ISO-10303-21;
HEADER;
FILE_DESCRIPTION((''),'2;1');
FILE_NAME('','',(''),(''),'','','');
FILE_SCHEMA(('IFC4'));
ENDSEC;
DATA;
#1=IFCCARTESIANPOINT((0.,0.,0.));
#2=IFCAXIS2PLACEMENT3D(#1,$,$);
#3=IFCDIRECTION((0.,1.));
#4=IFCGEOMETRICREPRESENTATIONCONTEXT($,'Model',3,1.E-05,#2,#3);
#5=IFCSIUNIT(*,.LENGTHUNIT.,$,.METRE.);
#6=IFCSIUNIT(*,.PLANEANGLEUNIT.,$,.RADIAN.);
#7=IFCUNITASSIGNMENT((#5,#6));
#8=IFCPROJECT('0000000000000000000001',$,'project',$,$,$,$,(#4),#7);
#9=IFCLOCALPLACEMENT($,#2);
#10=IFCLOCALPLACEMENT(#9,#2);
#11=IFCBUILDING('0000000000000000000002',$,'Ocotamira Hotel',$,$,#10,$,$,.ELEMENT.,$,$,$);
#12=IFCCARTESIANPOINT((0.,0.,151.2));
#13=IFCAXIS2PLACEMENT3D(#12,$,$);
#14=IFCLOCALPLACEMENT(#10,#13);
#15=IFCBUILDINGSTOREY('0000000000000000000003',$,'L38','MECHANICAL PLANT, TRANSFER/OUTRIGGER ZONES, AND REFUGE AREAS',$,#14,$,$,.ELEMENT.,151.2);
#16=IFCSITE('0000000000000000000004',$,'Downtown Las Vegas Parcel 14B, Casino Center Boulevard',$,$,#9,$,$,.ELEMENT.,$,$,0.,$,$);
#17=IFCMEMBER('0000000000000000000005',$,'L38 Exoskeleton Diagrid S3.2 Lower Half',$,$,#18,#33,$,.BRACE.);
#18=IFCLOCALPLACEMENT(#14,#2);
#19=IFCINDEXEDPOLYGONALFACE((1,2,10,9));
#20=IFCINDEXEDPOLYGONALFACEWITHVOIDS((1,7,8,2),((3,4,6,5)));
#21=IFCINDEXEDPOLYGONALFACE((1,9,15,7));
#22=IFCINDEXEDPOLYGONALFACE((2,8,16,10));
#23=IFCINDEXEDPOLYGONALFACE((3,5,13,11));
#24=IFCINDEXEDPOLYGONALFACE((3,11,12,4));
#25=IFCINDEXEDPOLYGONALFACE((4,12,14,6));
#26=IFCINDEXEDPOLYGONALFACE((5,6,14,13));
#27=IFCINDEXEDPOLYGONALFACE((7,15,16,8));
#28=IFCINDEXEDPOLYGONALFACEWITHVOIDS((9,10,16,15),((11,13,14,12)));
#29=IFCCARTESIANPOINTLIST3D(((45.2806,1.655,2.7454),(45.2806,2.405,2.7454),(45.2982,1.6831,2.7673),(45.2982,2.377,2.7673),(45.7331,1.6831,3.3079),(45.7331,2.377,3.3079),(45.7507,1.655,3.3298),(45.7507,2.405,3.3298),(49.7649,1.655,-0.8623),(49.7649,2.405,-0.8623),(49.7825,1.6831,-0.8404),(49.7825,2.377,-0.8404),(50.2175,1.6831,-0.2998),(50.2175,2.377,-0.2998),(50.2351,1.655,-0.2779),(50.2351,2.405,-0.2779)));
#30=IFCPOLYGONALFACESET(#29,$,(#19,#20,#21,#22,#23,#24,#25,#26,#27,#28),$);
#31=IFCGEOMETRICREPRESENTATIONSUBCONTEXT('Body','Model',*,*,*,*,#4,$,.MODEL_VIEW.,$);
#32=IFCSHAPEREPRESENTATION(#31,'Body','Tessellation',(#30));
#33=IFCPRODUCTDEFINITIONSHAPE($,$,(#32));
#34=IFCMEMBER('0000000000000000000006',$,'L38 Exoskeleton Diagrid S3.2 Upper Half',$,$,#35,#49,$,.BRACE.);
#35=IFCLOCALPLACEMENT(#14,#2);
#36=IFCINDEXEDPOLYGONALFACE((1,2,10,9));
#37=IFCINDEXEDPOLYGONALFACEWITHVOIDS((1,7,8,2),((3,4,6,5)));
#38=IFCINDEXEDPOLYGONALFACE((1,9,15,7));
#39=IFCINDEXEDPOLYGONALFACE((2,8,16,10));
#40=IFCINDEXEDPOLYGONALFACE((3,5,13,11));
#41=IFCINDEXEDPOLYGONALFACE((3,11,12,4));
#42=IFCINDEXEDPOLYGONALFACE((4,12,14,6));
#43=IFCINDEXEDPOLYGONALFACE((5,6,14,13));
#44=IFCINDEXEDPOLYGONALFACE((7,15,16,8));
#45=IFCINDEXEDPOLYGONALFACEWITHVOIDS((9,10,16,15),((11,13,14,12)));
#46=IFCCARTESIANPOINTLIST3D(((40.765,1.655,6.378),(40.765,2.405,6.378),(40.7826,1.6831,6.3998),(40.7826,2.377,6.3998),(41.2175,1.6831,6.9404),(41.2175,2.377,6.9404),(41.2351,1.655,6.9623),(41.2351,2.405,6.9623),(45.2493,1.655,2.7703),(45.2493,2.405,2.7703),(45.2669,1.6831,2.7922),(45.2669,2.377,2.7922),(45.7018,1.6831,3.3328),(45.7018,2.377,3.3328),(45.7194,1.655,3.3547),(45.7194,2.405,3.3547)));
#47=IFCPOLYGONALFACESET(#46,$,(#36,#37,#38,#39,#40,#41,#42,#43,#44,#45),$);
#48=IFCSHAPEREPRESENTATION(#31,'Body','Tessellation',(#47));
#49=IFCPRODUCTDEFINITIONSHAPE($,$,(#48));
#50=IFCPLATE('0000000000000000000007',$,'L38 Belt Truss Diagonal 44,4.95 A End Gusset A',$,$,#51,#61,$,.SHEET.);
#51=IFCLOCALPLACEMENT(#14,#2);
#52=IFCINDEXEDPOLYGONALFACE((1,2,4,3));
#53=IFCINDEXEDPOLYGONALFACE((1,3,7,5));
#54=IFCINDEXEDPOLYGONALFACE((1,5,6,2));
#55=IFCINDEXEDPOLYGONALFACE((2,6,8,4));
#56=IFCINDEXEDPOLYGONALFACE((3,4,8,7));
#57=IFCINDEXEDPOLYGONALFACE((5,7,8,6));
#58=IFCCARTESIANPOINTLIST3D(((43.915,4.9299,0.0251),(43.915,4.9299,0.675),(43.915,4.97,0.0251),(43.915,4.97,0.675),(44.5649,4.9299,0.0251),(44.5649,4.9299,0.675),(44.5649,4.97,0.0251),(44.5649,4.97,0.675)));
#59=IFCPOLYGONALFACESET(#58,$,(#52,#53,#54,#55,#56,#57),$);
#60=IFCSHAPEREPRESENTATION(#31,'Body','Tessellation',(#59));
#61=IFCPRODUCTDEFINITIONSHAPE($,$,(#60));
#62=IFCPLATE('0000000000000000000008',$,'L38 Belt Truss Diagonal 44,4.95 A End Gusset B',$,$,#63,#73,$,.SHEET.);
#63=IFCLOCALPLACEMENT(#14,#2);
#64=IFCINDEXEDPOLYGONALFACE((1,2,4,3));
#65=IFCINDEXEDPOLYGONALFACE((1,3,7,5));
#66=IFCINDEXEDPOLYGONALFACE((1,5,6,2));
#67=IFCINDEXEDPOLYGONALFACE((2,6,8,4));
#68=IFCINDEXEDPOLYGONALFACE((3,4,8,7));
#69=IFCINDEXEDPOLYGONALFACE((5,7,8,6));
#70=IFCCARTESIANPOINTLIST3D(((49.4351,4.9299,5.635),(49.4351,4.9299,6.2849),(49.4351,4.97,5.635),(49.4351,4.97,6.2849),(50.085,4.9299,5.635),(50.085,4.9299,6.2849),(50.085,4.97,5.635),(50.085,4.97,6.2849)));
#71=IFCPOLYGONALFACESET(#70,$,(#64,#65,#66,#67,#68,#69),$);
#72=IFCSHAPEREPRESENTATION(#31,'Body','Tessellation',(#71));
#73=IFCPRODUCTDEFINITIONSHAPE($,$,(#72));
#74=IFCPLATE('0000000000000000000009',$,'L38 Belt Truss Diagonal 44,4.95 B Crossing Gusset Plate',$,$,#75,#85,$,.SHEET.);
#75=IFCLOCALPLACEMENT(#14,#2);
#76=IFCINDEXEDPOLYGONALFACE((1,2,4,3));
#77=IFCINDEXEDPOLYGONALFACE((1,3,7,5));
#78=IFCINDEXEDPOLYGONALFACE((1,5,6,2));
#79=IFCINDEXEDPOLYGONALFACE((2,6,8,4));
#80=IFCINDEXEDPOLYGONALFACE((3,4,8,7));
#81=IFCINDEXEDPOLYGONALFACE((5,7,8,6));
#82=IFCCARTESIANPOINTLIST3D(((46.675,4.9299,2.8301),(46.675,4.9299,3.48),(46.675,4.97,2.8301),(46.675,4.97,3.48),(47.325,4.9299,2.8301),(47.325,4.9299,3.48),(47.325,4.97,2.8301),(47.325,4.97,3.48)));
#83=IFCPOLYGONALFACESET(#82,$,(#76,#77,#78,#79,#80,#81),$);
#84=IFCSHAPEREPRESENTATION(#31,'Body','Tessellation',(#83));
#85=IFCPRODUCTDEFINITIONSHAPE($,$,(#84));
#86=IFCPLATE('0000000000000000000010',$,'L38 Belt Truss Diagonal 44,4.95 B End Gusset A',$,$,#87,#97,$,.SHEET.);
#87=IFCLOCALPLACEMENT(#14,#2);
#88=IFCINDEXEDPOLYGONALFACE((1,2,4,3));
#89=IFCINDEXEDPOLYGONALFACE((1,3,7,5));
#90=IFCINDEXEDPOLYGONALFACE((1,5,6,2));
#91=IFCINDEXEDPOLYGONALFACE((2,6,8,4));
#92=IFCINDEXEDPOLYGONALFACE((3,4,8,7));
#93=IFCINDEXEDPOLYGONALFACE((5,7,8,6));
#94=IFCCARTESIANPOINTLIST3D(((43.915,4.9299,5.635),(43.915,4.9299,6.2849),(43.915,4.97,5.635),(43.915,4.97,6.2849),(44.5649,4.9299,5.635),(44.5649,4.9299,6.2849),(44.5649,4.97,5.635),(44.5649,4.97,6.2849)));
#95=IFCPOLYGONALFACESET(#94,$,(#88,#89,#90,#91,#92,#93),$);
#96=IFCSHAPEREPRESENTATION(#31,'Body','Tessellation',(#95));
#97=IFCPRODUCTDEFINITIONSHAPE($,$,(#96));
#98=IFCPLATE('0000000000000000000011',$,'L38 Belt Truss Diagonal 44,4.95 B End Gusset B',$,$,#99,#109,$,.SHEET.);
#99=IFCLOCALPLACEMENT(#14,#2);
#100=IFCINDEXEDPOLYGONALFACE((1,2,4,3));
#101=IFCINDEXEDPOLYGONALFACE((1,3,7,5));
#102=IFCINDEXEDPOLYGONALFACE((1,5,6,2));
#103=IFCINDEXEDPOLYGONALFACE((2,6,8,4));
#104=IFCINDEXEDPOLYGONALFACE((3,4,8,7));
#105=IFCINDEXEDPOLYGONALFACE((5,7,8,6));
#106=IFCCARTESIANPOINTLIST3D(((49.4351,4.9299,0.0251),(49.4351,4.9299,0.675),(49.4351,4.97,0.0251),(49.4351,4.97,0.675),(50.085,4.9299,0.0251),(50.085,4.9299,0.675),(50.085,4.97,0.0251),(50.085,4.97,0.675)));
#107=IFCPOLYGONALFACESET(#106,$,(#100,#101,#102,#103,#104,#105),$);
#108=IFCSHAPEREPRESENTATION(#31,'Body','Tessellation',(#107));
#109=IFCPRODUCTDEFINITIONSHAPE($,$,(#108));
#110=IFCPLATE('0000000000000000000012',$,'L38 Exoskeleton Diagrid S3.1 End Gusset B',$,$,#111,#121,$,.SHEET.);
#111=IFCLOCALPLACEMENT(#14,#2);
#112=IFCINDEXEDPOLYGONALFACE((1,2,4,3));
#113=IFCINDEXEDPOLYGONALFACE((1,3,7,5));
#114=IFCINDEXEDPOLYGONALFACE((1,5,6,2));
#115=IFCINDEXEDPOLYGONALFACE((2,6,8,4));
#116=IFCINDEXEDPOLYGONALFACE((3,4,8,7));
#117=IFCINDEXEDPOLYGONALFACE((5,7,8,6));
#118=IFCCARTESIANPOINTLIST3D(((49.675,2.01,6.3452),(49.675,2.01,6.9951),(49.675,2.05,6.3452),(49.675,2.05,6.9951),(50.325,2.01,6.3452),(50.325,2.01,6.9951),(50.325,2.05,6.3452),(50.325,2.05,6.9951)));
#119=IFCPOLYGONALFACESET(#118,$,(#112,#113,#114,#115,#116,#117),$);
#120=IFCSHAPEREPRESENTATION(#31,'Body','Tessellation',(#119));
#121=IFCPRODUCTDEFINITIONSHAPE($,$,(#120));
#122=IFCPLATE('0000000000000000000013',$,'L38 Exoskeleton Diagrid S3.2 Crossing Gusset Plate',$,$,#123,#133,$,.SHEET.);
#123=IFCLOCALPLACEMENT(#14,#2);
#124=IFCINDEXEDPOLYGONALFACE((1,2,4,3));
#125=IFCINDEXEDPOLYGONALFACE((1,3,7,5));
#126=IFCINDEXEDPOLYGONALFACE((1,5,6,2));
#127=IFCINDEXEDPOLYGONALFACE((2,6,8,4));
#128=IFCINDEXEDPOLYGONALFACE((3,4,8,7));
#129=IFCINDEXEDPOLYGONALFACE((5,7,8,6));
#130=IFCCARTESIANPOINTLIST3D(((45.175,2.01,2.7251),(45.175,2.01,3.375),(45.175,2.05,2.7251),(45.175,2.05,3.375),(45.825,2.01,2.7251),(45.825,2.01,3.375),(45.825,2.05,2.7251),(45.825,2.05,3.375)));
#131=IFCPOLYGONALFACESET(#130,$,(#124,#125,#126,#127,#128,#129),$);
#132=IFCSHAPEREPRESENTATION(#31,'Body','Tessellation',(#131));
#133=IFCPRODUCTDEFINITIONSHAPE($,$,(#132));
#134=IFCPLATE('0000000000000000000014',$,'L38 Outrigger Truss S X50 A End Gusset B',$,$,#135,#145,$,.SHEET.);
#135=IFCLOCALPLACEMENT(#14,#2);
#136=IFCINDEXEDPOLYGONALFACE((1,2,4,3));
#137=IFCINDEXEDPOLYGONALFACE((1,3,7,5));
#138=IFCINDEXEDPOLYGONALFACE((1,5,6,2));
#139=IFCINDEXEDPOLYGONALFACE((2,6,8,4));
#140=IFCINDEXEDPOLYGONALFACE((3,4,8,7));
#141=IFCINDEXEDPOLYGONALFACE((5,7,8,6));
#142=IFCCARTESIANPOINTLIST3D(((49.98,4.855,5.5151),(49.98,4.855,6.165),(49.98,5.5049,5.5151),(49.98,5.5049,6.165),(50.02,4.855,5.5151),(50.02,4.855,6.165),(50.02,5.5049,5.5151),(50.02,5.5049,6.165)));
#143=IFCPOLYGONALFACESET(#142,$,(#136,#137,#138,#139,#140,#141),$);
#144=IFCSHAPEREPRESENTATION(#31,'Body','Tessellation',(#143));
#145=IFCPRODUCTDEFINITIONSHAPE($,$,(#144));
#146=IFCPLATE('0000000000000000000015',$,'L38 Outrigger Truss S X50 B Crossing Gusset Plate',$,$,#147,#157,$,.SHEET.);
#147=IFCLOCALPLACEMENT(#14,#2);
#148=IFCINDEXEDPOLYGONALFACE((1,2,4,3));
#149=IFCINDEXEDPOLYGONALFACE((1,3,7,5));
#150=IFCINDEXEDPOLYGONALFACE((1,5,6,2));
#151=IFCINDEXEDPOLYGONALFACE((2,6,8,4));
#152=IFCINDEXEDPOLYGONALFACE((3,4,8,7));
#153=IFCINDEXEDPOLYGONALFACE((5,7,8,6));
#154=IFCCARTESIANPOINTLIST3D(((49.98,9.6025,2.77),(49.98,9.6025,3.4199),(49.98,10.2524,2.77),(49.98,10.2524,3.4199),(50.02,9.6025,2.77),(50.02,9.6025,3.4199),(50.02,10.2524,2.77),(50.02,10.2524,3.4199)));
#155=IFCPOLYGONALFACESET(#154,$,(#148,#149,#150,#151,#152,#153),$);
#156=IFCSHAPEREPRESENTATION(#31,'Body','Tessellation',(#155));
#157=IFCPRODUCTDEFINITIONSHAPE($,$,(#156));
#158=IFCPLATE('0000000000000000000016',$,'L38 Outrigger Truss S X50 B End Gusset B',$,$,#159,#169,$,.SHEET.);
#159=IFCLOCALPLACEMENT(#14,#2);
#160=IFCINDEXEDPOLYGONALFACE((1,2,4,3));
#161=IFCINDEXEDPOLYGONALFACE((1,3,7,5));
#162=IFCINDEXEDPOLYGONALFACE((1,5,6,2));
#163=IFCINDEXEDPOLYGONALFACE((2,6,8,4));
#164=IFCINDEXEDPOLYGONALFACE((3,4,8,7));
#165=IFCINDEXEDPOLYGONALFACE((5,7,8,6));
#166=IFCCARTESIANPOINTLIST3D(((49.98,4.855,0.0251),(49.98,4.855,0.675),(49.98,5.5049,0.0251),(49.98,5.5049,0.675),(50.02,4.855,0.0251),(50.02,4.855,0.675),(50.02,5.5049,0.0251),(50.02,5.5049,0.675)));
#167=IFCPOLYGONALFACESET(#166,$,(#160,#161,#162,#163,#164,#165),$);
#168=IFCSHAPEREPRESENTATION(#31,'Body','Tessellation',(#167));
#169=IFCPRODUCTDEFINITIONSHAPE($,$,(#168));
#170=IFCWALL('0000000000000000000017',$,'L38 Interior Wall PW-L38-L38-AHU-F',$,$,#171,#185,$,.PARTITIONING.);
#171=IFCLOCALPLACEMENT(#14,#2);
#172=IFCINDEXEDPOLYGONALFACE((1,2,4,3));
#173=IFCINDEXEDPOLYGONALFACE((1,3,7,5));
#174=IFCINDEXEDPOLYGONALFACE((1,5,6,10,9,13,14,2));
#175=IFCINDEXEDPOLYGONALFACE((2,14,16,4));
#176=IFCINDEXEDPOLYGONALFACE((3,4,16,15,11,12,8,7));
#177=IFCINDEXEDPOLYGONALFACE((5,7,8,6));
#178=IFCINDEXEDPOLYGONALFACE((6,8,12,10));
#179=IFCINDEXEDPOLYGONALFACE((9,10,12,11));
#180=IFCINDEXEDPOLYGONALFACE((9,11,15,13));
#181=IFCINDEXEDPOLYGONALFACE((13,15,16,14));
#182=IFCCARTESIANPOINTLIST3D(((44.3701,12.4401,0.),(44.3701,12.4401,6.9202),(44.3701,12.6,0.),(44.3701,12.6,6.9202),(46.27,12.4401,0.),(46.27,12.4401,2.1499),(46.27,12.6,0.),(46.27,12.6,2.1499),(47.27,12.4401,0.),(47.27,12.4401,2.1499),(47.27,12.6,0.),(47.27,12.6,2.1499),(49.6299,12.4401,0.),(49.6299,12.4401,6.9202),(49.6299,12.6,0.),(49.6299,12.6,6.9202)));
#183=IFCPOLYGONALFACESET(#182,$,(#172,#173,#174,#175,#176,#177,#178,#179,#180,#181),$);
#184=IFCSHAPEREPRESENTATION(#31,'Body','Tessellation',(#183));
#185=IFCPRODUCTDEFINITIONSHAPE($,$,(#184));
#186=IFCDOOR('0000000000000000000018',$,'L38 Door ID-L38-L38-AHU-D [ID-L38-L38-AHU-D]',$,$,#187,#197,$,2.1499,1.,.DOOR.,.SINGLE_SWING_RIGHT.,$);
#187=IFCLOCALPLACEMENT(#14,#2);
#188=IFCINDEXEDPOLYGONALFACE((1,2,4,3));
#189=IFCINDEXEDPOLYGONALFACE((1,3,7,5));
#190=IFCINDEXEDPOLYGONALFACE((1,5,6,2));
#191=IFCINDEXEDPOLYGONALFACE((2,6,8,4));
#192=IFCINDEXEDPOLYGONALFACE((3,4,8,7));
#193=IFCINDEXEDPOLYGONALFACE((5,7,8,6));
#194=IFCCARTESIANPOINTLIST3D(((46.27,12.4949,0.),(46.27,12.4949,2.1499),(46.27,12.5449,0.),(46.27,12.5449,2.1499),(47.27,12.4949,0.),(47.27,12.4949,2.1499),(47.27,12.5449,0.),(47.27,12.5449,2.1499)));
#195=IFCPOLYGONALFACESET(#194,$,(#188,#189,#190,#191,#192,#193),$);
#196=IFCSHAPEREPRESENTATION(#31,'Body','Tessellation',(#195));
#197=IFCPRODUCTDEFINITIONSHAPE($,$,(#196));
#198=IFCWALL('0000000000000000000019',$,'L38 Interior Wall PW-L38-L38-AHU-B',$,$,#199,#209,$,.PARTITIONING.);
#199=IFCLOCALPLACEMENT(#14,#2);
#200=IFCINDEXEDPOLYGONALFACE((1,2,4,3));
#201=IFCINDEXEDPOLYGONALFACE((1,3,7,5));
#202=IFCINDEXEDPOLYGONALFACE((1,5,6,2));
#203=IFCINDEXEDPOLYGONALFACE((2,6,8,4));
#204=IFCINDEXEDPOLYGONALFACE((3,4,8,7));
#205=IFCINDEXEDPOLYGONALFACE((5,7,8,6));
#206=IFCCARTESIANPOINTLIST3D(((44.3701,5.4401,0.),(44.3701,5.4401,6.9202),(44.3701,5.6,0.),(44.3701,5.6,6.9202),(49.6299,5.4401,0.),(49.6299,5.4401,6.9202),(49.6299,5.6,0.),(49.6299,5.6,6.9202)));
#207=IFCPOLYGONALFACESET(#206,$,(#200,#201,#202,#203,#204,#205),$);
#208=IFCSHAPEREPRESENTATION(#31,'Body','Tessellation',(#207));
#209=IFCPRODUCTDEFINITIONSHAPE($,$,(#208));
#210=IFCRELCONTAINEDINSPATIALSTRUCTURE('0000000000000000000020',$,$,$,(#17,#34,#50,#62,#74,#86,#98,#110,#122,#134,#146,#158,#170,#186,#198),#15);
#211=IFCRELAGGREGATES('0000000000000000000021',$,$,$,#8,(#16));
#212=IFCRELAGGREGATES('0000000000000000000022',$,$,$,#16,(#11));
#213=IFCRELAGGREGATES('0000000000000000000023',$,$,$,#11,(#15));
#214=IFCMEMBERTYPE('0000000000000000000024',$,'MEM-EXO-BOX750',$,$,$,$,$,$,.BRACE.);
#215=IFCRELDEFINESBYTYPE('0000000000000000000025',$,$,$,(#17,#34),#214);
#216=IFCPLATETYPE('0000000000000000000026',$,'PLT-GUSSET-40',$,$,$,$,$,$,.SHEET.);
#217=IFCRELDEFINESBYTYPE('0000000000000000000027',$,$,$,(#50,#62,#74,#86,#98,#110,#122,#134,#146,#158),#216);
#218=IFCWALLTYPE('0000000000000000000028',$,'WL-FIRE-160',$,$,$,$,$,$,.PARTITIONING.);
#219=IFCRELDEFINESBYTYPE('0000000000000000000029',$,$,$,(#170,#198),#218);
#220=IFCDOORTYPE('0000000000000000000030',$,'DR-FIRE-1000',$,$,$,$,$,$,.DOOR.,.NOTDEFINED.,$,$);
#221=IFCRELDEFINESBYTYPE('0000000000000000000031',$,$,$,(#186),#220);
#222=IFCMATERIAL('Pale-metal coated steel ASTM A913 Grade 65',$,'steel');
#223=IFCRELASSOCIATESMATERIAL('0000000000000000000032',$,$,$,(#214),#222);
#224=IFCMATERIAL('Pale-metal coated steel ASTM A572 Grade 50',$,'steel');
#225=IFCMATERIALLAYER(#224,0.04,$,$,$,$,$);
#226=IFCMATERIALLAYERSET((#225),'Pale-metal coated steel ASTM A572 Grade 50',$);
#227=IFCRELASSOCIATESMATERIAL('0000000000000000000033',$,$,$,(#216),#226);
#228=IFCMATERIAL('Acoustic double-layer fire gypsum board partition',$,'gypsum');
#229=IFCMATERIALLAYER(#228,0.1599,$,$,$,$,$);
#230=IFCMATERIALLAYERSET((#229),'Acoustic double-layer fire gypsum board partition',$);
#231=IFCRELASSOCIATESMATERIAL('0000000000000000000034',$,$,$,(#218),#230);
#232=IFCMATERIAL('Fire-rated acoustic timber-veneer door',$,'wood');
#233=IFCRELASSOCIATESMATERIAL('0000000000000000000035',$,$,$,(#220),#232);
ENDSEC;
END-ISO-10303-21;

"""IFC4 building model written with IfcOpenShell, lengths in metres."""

from ifc_helpers import new_model, si_unit, direction, frame, frame_2d, origin, origin_2d, place, context, subcontext, project, spatial, rectangle, hollow_rectangle, extrude, source, transform, mapped, material, layer, layer_set, material_profile, profile_set, type_object, element, fill, save


model = new_model("IFC4")

# Units and contexts
model_context = context("Model", 3, precision=1e-05, world=origin(), true_north=direction((0.0, 1.0)))
body_context = subcontext(model_context, "Body", "Model", "MODEL_VIEW")
ifc_project = project(units=[si_unit("LENGTHUNIT", "METRE"), si_unit("PLANEANGLEUNIT", "RADIAN")], contexts=[model_context])

# Site, building, storey
site_placement = place(None, origin())
site = spatial("IfcSite", under=ifc_project, at=site_placement, Name="Downtown Las Vegas Parcel 14B, Casino Center Boulevard", CompositionType="ELEMENT", RefElevation=0.0)
building_placement = place(site_placement, origin())
building = spatial("IfcBuilding", under=site, at=building_placement, Name="Ocotamira Hotel", CompositionType="ELEMENT")
storey_placement = place(building_placement, frame((0.0, 0.0, 151.2)))
storey = spatial("IfcBuildingStorey", under=building, at=storey_placement, Name="L38", Description="MECHANICAL PLANT, TRANSFER/OUTRIGGER ZONES, AND REFUGE AREAS", CompositionType="ELEMENT", Elevation=151.2)

# Members
ifc_material_1 = material(Name="Pale-metal coated steel ASTM A913 Grade 65", Category="steel")
ifc_material_profile_1 = material_profile(ifc_material_1, hollow_rectangle(XDim=0.75, YDim=0.75, WallThickness=0.0281, at=origin_2d()), Name="BOX750X750X28")
ifc_profile_set_1 = profile_set([ifc_material_profile_1], Name="Pale-metal coated steel ASTM A913 Grade 65")
member_type_1 = type_object("IfcMemberType", Name="MEM-EXO-BOX750", PredefinedType="BRACE", material=ifc_profile_set_1)
shared_shape_1 = source(origin(), body_context, "Body", "SweptSolid", [
    extrude(hollow_rectangle(XDim=0.75, YDim=0.75, WallThickness=0.0281, at=origin_2d()), origin(), (0.0, 0.0, 1.0), 5.7554),
])
for number, where, z_axis, x_axis, name in (
    (1, (50.0, 2.03, -0.5701), (-0.779157, 0.0, 0.626829), (0.0, -1.0, 0.0), "L38 Exoskeleton Diagrid S3.2 Lower Half"),
    (2, (45.4844, 2.03, 3.0625), (-0.779157, 0.0, 0.626829), (0.0, -1.0, 0.0), "L38 Exoskeleton Diagrid S3.2 Upper Half"),
):
    element("IfcMember", number, at=place(storey_placement, frame(where, z_axis=z_axis, x_axis=x_axis)), inside=storey, type_object=member_type_1, Name=name, PredefinedType="BRACE", context=body_context, shape_type="MappedRepresentation", body=[
        mapped(shared_shape_1, transform((0.0, 0.0, 0.0), scale=1.0)),
    ])

# Plates
ifc_material_2 = material(Name="Pale-metal coated steel ASTM A572 Grade 50", Category="steel")
ifc_layer_1 = layer(ifc_material_2, 0.04)
ifc_layer_set_1 = layer_set([ifc_layer_1], Name="Pale-metal coated steel ASTM A572 Grade 50")
plate_type = type_object("IfcPlateType", Name="PLT-GUSSET-40", PredefinedType="SHEET", material=ifc_layer_set_1)
shared_shape_2 = source(origin(), body_context, "Body", "SweptSolid", [
    extrude(rectangle(XDim=0.6499, YDim=0.04, at=origin_2d()), origin(), (0.0, 0.0, 1.0), 0.6499),
])
for number, where, z_axis, x_axis, name in (
    (3, (44.24, 4.95, 0.0251), (0.0, 0.0, 1.0), (1.0, 0.0, 0.0), "L38 Belt Truss Diagonal 44,4.95 A End Gusset A"),
    (4, (49.76, 4.95, 5.635), (0.0, 0.0, 1.0), (1.0, 0.0, 0.0), "L38 Belt Truss Diagonal 44,4.95 A End Gusset B"),
    (5, (47.0, 4.95, 2.8301), (0.0, 0.0, 1.0), (1.0, 0.0, 0.0), "L38 Belt Truss Diagonal 44,4.95 B Crossing Gusset Plate"),
    (6, (44.24, 4.95, 5.635), (0.0, 0.0, 1.0), (1.0, 0.0, 0.0), "L38 Belt Truss Diagonal 44,4.95 B End Gusset A"),
    (7, (49.76, 4.95, 0.0251), (0.0, 0.0, 1.0), (1.0, 0.0, 0.0), "L38 Belt Truss Diagonal 44,4.95 B End Gusset B"),
    (8, (50.0, 2.03, 6.3452), (0.0, 0.0, 1.0), (1.0, 0.0, 0.0), "L38 Exoskeleton Diagrid S3.1 End Gusset B"),
    (9, (45.5, 2.03, 2.7251), (0.0, 0.0, 1.0), (-1.0, 0.0, 0.0), "L38 Exoskeleton Diagrid S3.2 Crossing Gusset Plate"),
):
    element("IfcPlate", number, at=place(storey_placement, frame(where, z_axis=z_axis, x_axis=x_axis)), inside=storey, type_object=plate_type, Name=name, PredefinedType="SHEET", context=body_context, shape_type="MappedRepresentation", body=[
        mapped(shared_shape_2, transform((0.0, 0.0, 0.0), scale=1.0)),
    ])
shared_shape_3 = source(origin(), body_context, "Body", "SweptSolid", [
    extrude(rectangle(XDim=0.04, YDim=0.6499, at=origin_2d()), origin(), (0.0, 0.0, 1.0), 0.6499),
])
for number, where, z_axis, x_axis, name in (
    (10, (50.0, 5.1799, 5.5151), (0.0, 0.0, 1.0), (1.0, 0.0, 0.0), "L38 Outrigger Truss S X50 A End Gusset B"),
    (11, (50.0, 9.9275, 2.77), (0.0, 0.0, 1.0), (1.0, 0.0, 0.0), "L38 Outrigger Truss S X50 B Crossing Gusset Plate"),
    (12, (50.0, 5.1799, 0.0251), (0.0, 0.0, 1.0), (1.0, 0.0, 0.0), "L38 Outrigger Truss S X50 B End Gusset B"),
):
    element("IfcPlate", number, at=place(storey_placement, frame(where, z_axis=z_axis, x_axis=x_axis)), inside=storey, type_object=plate_type, Name=name, PredefinedType="SHEET", context=body_context, shape_type="MappedRepresentation", body=[
        mapped(shared_shape_3, transform((0.0, 0.0, 0.0), scale=1.0)),
    ])

# Wall, opening, door
ifc_material_3 = material(Name="Acoustic double-layer fire gypsum board partition", Category="gypsum")
ifc_layer_2 = layer(ifc_material_3, 0.1599)
ifc_layer_set_2 = layer_set([ifc_layer_2], Name="Acoustic double-layer fire gypsum board partition")
wall_type = type_object("IfcWallType", Name="WL-FIRE-160", PredefinedType="PARTITIONING", material=ifc_layer_set_2)
wall_1_placement = place(storey_placement, frame((44.3701, 12.52, 0.0), z_axis=(0.0, 0.0, 1.0), x_axis=(1.0, 0.0, 0.0)))
wall_1 = element("IfcWall", 13, at=wall_1_placement, inside=storey, type_object=wall_type, Name="L38 Interior Wall PW-L38-L38-AHU-F", PredefinedType="PARTITIONING", context=body_context, shape_type="SweptSolid", body=[
    extrude(rectangle(XDim=5.2598, YDim=0.1599, at=frame_2d((2.6299, 0.0))), origin(), (0.0, 0.0, 1.0), 6.9202),
])
opening_placement = place(wall_1_placement, frame((1.8999, 0.0, 0.0)))
opening = element("IfcOpeningElement", 14, at=opening_placement, cuts=wall_1, PredefinedType="OPENING", context=body_context, shape_type="SweptSolid", body=[
    extrude(rectangle(XDim=1.0, YDim=2.1499, at=frame_2d((0.5, 1.075))), frame((0.0, 0.0898, 0.0), z_axis=(0.0, -1.0, 0.0), x_axis=(1.0, 0.0, 0.0)), (0.0, 0.0, 1.0), 0.1799),
])
ifc_material_4 = material(Name="Fire-rated acoustic timber-veneer door", Category="wood")
door_type = type_object("IfcDoorType", Name="DR-FIRE-1000", OperationType="NOTDEFINED", PredefinedType="DOOR", material=ifc_material_4)
shared_shape_4 = source(origin(), body_context, "Body", "SweptSolid", [
    extrude(rectangle(XDim=1.0, YDim=2.1499, at=frame_2d((0.5, 1.075))), frame((0.0, 0.0249, 0.0), z_axis=(0.0, -1.0, 0.0), x_axis=(1.0, 0.0, 0.0)), (0.0, 0.0, 1.0), 0.05),
])
door_placement = place(opening_placement, origin())
door = element("IfcDoor", 15, at=door_placement, inside=storey, type_object=door_type, Name="L38 Door ID-L38-L38-AHU-D [ID-L38-L38-AHU-D]", OperationType="SINGLE_SWING_RIGHT", OverallHeight=2.1499, OverallWidth=1.0, PredefinedType="DOOR", context=body_context, shape_type="MappedRepresentation", body=[
    mapped(shared_shape_4, transform((0.0, 0.0, 0.0), scale=1.0)),
])
fill(opening, door)

# Wall
wall_2_placement = place(storey_placement, frame((44.3701, 5.52, 0.0), z_axis=(0.0, 0.0, 1.0), x_axis=(1.0, 0.0, 0.0)))
element("IfcWall", 16, at=wall_2_placement, inside=storey, type_object=wall_type, Name="L38 Interior Wall PW-L38-L38-AHU-B", PredefinedType="PARTITIONING", context=body_context, shape_type="SweptSolid", body=[
    extrude(rectangle(XDim=5.2598, YDim=0.1599, at=frame_2d((2.6299, 0.0))), origin(), (0.0, 0.0, 1.0), 6.9202),
])

save(model, "model.ifc")
